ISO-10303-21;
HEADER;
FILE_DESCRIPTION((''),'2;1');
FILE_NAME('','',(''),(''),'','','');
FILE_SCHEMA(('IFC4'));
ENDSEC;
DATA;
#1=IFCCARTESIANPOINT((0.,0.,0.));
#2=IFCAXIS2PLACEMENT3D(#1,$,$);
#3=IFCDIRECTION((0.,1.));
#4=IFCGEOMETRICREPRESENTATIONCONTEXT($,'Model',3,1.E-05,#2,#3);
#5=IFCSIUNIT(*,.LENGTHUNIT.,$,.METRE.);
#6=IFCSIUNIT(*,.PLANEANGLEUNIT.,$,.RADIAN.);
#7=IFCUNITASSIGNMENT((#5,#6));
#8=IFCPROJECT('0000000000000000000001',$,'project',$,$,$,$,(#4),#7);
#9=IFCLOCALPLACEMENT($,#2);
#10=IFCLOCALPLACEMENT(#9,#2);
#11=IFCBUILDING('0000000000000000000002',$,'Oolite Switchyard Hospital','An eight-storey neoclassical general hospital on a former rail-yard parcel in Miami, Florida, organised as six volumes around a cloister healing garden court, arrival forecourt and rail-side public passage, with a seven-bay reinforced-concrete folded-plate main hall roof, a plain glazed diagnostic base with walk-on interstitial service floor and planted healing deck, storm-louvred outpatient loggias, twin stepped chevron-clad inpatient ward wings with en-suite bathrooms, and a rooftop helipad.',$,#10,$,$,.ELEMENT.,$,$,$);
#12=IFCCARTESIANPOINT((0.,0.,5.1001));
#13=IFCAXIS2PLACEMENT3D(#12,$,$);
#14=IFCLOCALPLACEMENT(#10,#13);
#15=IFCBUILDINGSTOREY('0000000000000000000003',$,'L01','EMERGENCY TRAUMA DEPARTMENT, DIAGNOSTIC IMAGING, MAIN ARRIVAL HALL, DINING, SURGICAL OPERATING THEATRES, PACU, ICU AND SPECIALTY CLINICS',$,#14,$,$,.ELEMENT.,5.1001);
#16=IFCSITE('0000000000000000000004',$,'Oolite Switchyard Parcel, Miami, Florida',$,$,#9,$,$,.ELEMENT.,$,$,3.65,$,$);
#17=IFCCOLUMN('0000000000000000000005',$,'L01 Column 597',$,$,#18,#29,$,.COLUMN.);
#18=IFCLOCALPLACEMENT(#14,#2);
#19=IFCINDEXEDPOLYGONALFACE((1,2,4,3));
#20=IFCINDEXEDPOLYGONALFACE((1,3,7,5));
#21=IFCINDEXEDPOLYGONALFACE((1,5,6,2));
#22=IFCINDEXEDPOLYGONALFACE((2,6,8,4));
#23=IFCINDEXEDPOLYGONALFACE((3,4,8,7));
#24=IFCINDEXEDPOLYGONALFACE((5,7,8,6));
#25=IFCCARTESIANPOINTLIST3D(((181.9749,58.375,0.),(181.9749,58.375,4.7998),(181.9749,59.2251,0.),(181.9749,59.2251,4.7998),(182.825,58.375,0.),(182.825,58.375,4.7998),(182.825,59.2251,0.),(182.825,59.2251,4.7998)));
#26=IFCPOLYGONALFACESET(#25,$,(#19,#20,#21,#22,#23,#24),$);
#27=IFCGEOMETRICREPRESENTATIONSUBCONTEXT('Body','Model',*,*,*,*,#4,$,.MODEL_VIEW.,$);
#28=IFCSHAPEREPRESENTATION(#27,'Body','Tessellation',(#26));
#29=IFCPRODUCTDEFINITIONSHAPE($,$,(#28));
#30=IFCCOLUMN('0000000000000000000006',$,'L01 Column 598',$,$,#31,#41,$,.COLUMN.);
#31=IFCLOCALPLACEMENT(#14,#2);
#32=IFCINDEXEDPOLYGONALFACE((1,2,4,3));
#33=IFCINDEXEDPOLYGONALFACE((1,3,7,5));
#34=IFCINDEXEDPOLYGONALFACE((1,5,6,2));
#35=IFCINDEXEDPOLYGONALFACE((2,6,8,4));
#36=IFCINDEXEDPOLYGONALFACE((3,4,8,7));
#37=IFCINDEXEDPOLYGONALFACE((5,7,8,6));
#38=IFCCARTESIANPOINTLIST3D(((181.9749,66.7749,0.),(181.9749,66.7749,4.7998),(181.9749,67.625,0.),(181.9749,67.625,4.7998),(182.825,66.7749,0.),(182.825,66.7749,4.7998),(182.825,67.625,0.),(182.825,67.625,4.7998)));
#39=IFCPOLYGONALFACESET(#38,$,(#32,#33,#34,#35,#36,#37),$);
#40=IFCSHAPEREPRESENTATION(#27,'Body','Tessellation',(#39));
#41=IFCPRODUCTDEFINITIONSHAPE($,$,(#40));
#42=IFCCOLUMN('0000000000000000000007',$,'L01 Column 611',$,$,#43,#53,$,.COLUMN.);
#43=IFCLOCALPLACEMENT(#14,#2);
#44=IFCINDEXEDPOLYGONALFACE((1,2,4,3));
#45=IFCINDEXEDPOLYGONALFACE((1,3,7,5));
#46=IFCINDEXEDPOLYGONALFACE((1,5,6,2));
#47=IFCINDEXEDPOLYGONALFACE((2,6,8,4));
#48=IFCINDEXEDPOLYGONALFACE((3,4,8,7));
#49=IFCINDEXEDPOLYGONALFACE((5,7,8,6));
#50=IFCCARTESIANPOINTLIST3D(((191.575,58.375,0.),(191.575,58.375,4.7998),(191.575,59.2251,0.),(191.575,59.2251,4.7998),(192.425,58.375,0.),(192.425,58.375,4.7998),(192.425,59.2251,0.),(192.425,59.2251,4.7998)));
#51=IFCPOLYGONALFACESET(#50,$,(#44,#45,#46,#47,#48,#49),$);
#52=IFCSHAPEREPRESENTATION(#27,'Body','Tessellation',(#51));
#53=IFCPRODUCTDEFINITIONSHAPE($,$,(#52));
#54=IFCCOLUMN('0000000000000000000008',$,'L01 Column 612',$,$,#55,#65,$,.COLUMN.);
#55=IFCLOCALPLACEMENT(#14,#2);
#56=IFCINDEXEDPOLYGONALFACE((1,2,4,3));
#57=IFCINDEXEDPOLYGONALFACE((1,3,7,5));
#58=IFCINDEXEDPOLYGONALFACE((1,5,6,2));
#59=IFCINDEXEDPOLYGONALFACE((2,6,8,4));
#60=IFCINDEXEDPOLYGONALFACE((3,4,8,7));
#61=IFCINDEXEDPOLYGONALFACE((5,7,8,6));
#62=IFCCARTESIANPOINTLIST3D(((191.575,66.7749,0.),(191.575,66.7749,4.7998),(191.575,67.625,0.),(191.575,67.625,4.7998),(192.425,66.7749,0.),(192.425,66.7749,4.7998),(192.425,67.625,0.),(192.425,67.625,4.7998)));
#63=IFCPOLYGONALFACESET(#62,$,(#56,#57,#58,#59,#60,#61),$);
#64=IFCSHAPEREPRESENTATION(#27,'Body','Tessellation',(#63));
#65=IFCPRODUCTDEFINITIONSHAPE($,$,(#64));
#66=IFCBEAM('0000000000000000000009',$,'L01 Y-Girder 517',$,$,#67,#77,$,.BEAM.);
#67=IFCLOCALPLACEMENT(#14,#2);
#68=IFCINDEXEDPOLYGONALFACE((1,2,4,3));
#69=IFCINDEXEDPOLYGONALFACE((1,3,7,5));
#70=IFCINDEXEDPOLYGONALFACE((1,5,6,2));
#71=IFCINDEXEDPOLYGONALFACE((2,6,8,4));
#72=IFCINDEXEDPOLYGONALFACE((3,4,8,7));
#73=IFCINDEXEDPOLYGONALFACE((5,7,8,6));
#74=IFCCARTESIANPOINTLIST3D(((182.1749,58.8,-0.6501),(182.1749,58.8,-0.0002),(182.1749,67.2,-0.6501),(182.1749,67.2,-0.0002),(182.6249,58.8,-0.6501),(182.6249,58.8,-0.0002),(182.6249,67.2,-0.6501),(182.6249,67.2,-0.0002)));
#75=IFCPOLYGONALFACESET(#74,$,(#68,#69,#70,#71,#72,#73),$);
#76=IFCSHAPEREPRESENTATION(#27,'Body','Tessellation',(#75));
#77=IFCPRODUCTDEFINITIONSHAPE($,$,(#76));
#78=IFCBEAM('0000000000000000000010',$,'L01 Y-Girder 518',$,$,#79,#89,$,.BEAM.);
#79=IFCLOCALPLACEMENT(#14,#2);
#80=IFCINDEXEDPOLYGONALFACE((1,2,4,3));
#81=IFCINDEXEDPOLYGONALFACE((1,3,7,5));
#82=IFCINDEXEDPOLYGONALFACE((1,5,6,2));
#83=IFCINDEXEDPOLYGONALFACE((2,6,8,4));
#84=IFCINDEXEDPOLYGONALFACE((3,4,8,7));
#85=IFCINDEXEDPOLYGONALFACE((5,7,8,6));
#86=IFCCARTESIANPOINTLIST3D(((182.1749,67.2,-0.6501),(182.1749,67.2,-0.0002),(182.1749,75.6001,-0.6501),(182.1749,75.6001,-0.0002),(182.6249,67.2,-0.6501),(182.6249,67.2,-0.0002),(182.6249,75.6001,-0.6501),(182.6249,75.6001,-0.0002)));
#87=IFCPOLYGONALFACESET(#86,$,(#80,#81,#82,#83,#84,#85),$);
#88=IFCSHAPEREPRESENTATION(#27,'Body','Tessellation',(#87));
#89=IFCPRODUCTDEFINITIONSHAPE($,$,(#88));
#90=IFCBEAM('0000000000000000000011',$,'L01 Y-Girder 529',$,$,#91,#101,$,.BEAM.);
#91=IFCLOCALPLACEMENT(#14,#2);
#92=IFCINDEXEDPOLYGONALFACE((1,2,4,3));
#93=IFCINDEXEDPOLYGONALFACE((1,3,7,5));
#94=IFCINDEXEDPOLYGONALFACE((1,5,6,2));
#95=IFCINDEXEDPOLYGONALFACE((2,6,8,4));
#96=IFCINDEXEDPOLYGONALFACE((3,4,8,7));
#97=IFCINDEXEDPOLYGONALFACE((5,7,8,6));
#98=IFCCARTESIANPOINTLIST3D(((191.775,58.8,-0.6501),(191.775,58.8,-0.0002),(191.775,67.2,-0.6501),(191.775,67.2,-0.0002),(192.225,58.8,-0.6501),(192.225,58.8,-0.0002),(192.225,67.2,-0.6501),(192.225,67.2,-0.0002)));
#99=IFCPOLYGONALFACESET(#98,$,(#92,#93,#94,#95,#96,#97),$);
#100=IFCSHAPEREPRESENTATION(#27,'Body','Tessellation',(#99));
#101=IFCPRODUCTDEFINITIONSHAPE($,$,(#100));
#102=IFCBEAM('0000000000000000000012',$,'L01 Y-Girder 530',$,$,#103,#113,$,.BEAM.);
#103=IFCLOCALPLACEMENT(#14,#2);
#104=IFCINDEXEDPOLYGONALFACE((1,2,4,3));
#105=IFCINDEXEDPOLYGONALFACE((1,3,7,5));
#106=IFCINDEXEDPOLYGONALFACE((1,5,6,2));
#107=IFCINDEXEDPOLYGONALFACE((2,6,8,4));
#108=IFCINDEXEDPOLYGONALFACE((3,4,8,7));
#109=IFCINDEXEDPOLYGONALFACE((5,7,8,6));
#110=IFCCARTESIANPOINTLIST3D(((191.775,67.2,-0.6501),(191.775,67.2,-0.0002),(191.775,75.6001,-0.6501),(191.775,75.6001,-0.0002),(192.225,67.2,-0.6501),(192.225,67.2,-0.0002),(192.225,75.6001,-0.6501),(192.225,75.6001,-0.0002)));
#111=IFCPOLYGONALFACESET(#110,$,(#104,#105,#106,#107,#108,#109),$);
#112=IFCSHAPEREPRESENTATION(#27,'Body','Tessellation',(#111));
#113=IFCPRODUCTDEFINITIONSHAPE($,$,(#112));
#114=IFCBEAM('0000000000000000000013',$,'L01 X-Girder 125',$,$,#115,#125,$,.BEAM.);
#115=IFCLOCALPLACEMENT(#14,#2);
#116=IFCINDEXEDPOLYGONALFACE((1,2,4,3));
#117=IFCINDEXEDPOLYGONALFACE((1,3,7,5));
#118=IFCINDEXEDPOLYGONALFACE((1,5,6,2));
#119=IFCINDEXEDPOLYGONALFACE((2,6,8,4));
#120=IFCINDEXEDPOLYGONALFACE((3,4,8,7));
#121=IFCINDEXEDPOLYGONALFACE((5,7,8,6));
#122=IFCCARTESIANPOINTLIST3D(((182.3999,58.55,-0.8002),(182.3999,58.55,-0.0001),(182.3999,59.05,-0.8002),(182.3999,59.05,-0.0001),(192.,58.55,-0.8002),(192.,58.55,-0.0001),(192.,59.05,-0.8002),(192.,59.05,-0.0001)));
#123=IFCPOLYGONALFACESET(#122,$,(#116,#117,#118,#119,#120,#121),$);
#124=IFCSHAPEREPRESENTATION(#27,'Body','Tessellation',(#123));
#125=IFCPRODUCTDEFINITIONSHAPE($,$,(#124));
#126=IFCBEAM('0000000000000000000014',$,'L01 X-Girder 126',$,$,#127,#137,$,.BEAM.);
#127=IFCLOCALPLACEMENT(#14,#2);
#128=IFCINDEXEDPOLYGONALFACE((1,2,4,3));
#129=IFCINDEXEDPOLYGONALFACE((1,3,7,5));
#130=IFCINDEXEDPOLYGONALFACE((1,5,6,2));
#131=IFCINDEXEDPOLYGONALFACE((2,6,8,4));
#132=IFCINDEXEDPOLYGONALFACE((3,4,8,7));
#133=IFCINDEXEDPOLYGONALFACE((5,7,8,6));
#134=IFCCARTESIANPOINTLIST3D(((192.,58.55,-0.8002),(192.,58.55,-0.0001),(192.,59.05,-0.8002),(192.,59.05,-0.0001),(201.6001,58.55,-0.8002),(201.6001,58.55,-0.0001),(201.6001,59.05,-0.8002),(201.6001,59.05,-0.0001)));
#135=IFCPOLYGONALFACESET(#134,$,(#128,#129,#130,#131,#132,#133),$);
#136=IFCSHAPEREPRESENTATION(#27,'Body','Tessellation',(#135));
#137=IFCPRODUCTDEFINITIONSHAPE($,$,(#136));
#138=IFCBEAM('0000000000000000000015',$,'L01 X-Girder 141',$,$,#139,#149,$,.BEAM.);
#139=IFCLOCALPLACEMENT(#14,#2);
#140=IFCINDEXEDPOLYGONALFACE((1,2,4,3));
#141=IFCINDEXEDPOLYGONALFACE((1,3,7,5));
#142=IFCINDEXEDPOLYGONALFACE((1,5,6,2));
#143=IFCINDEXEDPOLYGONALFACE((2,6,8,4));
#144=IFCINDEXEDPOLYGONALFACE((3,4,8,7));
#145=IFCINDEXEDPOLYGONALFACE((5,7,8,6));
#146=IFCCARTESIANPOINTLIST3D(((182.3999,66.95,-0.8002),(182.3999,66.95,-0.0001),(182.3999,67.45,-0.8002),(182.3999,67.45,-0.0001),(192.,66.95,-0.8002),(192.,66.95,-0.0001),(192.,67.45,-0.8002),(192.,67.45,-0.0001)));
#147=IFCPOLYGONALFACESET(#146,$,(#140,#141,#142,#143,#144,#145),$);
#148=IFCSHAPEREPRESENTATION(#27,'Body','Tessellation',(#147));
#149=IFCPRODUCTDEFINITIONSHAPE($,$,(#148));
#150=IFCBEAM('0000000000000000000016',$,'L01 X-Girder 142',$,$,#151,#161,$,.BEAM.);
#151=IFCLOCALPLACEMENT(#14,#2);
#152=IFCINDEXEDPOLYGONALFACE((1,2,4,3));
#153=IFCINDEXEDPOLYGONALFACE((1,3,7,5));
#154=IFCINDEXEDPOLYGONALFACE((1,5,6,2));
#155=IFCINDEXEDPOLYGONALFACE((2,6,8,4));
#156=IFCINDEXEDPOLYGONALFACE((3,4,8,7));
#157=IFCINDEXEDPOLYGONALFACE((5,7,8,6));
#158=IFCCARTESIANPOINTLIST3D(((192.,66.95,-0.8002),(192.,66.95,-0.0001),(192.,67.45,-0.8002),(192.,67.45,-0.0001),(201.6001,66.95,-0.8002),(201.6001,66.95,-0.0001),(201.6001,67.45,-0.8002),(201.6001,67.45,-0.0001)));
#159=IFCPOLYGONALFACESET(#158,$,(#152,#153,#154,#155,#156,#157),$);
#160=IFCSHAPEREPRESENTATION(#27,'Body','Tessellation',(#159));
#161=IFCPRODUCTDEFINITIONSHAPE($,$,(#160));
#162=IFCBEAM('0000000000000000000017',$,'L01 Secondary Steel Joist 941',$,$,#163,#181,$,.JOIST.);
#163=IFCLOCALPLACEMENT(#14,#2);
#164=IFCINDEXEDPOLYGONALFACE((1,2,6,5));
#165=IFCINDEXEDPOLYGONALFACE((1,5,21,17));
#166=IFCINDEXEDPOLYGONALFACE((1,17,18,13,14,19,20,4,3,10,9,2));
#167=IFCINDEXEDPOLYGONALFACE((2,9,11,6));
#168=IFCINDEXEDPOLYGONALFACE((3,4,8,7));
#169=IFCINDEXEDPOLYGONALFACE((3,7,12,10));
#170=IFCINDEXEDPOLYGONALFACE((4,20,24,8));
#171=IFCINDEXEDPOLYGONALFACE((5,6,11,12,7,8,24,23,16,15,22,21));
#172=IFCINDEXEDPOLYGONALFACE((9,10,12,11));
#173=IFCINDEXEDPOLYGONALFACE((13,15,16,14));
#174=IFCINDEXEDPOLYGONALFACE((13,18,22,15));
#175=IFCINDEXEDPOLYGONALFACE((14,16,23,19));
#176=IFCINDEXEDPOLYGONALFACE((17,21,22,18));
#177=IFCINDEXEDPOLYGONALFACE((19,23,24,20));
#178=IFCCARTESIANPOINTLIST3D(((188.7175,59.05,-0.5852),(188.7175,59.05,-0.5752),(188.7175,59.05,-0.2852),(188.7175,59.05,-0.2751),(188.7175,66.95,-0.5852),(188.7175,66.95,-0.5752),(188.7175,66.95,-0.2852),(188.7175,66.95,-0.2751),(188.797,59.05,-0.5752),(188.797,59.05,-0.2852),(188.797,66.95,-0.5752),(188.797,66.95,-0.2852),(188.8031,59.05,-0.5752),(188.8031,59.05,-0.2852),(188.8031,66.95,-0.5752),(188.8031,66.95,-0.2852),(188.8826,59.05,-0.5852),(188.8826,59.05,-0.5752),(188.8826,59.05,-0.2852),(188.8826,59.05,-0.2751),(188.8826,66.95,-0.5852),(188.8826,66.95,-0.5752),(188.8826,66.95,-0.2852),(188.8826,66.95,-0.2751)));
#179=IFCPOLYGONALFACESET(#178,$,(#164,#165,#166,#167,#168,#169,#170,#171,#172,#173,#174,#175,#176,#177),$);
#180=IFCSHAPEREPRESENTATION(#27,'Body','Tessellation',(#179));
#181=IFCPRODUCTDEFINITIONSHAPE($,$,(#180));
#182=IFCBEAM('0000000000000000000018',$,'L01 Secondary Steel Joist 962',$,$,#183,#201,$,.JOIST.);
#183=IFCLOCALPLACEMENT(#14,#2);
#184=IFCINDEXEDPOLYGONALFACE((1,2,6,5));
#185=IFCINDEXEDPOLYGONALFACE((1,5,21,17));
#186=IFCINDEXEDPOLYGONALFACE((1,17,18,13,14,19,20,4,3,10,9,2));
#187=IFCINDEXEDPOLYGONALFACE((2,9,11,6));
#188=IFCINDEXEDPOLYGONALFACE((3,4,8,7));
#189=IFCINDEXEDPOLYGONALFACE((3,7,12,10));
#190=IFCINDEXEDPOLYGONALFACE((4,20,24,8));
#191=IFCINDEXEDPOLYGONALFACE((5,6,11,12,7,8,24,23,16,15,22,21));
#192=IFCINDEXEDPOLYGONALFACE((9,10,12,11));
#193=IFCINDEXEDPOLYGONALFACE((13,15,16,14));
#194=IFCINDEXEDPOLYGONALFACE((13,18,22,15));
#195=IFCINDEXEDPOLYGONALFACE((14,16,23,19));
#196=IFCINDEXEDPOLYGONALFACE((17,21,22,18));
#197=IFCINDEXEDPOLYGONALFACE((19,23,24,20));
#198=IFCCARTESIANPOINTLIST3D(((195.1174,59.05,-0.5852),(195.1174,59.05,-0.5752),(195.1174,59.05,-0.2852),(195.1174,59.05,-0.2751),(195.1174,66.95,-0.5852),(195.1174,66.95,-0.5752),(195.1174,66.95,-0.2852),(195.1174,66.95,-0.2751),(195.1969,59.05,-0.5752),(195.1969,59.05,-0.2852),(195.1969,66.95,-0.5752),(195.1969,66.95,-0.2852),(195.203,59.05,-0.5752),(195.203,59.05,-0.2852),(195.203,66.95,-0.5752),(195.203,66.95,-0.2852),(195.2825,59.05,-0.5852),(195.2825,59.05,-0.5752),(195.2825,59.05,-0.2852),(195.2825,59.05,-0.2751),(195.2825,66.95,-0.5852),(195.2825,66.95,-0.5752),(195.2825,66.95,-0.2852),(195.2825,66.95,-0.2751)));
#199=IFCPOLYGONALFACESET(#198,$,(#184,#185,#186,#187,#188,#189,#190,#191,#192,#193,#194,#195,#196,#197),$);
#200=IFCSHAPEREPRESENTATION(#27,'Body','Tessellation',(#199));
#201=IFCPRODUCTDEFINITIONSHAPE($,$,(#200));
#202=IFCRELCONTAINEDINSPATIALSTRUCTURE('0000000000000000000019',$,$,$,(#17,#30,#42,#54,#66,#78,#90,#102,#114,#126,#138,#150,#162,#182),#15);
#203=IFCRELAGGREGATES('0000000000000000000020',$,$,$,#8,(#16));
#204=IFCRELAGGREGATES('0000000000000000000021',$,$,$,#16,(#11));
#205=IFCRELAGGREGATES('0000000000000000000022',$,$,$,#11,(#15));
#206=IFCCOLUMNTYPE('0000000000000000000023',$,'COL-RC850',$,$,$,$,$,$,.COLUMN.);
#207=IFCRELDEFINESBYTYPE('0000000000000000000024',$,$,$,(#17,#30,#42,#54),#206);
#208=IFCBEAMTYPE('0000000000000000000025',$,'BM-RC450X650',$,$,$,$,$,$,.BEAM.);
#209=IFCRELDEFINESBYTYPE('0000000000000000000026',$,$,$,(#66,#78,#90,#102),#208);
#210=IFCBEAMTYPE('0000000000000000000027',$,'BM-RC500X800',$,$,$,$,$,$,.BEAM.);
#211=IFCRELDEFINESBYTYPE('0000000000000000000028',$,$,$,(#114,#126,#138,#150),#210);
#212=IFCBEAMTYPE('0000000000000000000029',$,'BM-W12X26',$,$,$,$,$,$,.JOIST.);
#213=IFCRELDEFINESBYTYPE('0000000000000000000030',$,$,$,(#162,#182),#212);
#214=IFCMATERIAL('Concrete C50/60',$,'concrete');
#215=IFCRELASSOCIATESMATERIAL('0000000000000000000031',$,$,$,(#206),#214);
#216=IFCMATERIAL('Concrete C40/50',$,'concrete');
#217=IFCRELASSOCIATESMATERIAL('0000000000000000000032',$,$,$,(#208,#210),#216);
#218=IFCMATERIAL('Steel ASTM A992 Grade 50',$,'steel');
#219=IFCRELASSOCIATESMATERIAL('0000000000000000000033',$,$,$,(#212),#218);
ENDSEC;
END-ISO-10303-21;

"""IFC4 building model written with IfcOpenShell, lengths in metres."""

from ifc_helpers import new_model, si_unit, direction, frame, origin, origin_2d, place, context, subcontext, project, spatial, rectangle, i_section, extrude, material, material_profile, profile_set, type_object, element, save


model = new_model("IFC4")

# Units and contexts
model_context = context("Model", 3, precision=1e-05, world=origin(), true_north=direction((0.0, 1.0)))
body_context = subcontext(model_context, "Body", "Model", "MODEL_VIEW")
ifc_project = project(units=[si_unit("LENGTHUNIT", "METRE"), si_unit("PLANEANGLEUNIT", "RADIAN")], contexts=[model_context])

# Site, building, storey
site_placement = place(None, origin())
site = spatial("IfcSite", under=ifc_project, at=site_placement, Name="Oolite Switchyard Parcel, Miami, Florida", CompositionType="ELEMENT", RefElevation=3.65)
building_placement = place(site_placement, origin())
building = spatial("IfcBuilding", under=site, at=building_placement, Name="Oolite Switchyard Hospital", Description="An eight-storey neoclassical general hospital on a former rail-yard parcel in Miami, Florida, organised as six volumes around a cloister healing garden court, arrival forecourt and rail-side public passage, with a seven-bay reinforced-concrete folded-plate main hall roof, a plain glazed diagnostic base with walk-on interstitial service floor and planted healing deck, storm-louvred outpatient loggias, twin stepped chevron-clad inpatient ward wings with en-suite bathrooms, and a rooftop helipad.", CompositionType="ELEMENT")
storey_placement = place(building_placement, frame((0.0, 0.0, 5.1001)))
storey = spatial("IfcBuildingStorey", under=building, at=storey_placement, Name="L01", Description="EMERGENCY TRAUMA DEPARTMENT, DIAGNOSTIC IMAGING, MAIN ARRIVAL HALL, DINING, SURGICAL OPERATING THEATRES, PACU, ICU AND SPECIALTY CLINICS", CompositionType="ELEMENT", Elevation=5.1001)

# Columns
ifc_material_1 = material(Name="Concrete C50/60", Category="concrete")
ifc_material_profile_1 = material_profile(ifc_material_1, rectangle(XDim=0.8501, YDim=0.8501, at=origin_2d()), Name="RC850X850")
ifc_profile_set_1 = profile_set([ifc_material_profile_1], Name="Concrete C50/60")
column_type = type_object("IfcColumnType", Name="COL-RC850", PredefinedType="COLUMN", material=ifc_profile_set_1)
for number, where, z_axis, x_axis, name in (
    (1, (182.3999, 58.8, 0.0), (0.0, 0.0, 1.0), (1.0, 0.0, 0.0), "L01 Column 597"),
    (2, (182.3999, 67.2, 0.0), (0.0, 0.0, 1.0), (1.0, 0.0, 0.0), "L01 Column 598"),
    (3, (192.0, 58.8, 0.0), (0.0, 0.0, 1.0), (1.0, 0.0, 0.0), "L01 Column 611"),
    (4, (192.0, 67.2, 0.0), (0.0, 0.0, 1.0), (1.0, 0.0, 0.0), "L01 Column 612"),
):
    element("IfcColumn", number, at=place(storey_placement, frame(where, z_axis=z_axis, x_axis=x_axis)), inside=storey, type_object=column_type, Name=name, PredefinedType="COLUMN", context=body_context, shape_type="SweptSolid", body=[
        extrude(rectangle(XDim=0.8501, YDim=0.8501, at=origin_2d()), origin(), (0.0, 0.0, 1.0), 4.7998),
    ])

# Beams
ifc_material_2 = material(Name="Concrete C40/50", Category="concrete")
ifc_material_profile_2 = material_profile(ifc_material_2, rectangle(XDim=0.45, YDim=0.6499, at=origin_2d()), Name="RCB450X650")
ifc_profile_set_2 = profile_set([ifc_material_profile_2], Name="Concrete C40/50")
beam_type_1 = type_object("IfcBeamType", Name="BM-RC450X650", PredefinedType="BEAM", material=ifc_profile_set_2)
beam_1_placement = place(storey_placement, frame((182.3999, 58.8, -0.3252), z_axis=(0.0, 1.0, 0.0), x_axis=(-1.0, 0.0, 0.0)))
element("IfcBeam", 5, at=beam_1_placement, inside=storey, type_object=beam_type_1, Name="L01 Y-Girder 517", PredefinedType="BEAM", context=body_context, shape_type="SweptSolid", body=[
    extrude(rectangle(XDim=0.45, YDim=0.6499, at=origin_2d()), origin(), (0.0, 0.0, 1.0), 8.3999),
])
beam_2_placement = place(storey_placement, frame((182.3999, 67.2, -0.3252), z_axis=(0.0, 1.0, 0.0), x_axis=(-1.0, 0.0, 0.0)))
element("IfcBeam", 6, at=beam_2_placement, inside=storey, type_object=beam_type_1, Name="L01 Y-Girder 518", PredefinedType="BEAM", context=body_context, shape_type="SweptSolid", body=[
    extrude(rectangle(XDim=0.45, YDim=0.6499, at=origin_2d()), origin(), (0.0, 0.0, 1.0), 8.4001),
])
beam_3_placement = place(storey_placement, frame((192.0, 58.8, -0.3252), z_axis=(0.0, 1.0, 0.0), x_axis=(-1.0, 0.0, 0.0)))
element("IfcBeam", 7, at=beam_3_placement, inside=storey, type_object=beam_type_1, Name="L01 Y-Girder 529", PredefinedType="BEAM", context=body_context, shape_type="SweptSolid", body=[
    extrude(rectangle(XDim=0.45, YDim=0.6499, at=origin_2d()), origin(), (0.0, 0.0, 1.0), 8.3999),
])
beam_4_placement = place(storey_placement, frame((192.0, 67.2, -0.3252), z_axis=(0.0, 1.0, 0.0), x_axis=(-1.0, 0.0, 0.0)))
element("IfcBeam", 8, at=beam_4_placement, inside=storey, type_object=beam_type_1, Name="L01 Y-Girder 530", PredefinedType="BEAM", context=body_context, shape_type="SweptSolid", body=[
    extrude(rectangle(XDim=0.45, YDim=0.6499, at=origin_2d()), origin(), (0.0, 0.0, 1.0), 8.4001),
])
ifc_material_profile_3 = material_profile(ifc_material_2, rectangle(XDim=0.5, YDim=0.8, at=origin_2d()), Name="RCB500X800")
ifc_profile_set_3 = profile_set([ifc_material_profile_3], Name="Concrete C40/50")
beam_type_2 = type_object("IfcBeamType", Name="BM-RC500X800", PredefinedType="BEAM", material=ifc_profile_set_3)
for number, where, z_axis, x_axis, name in (
    (9, (182.3999, 58.8, -0.4001), (1.0, 0.0, 0.0), (0.0, 1.0, 0.0), "L01 X-Girder 125"),
    (10, (192.0, 58.8, -0.4001), (1.0, 0.0, 0.0), (0.0, 1.0, 0.0), "L01 X-Girder 126"),
    (11, (182.3999, 67.2, -0.4001), (1.0, 0.0, 0.0), (0.0, 1.0, 0.0), "L01 X-Girder 141"),
    (12, (192.0, 67.2, -0.4001), (1.0, 0.0, 0.0), (0.0, 1.0, 0.0), "L01 X-Girder 142"),
):
    element("IfcBeam", number, at=place(storey_placement, frame(where, z_axis=z_axis, x_axis=x_axis)), inside=storey, type_object=beam_type_2, Name=name, PredefinedType="BEAM", context=body_context, shape_type="SweptSolid", body=[
        extrude(rectangle(XDim=0.5, YDim=0.8, at=origin_2d()), origin(), (0.0, 0.0, 1.0), 9.6001),
    ])
ifc_material_3 = material(Name="Steel ASTM A992 Grade 50", Category="steel")
ifc_material_profile_4 = material_profile(ifc_material_3, i_section(OverallWidth=0.165, OverallDepth=0.3101, WebThickness=0.0061, FlangeThickness=0.01, at=origin_2d()), Name="W12X26")
ifc_profile_set_4 = profile_set([ifc_material_profile_4], Name="Steel ASTM A992 Grade 50")
beam_type_3 = type_object("IfcBeamType", Name="BM-W12X26", PredefinedType="JOIST", material=ifc_profile_set_4)
for number, where, z_axis, x_axis, name in (
    (13, (188.8, 59.05, -0.4302), (0.0, 1.0, 0.0), (-1.0, 0.0, 0.0), "L01 Secondary Steel Joist 941"),
    (14, (195.2, 59.05, -0.4302), (0.0, 1.0, 0.0), (-1.0, 0.0, 0.0), "L01 Secondary Steel Joist 962"),
):
    element("IfcBeam", number, at=place(storey_placement, frame(where, z_axis=z_axis, x_axis=x_axis)), inside=storey, type_object=beam_type_3, Name=name, PredefinedType="JOIST", context=body_context, shape_type="SweptSolid", body=[
        extrude(i_section(OverallWidth=0.165, OverallDepth=0.3101, WebThickness=0.0061, FlangeThickness=0.01, at=origin_2d()), origin(), (0.0, 0.0, 1.0), 7.8999),
    ])

save(model, "model.ifc")
